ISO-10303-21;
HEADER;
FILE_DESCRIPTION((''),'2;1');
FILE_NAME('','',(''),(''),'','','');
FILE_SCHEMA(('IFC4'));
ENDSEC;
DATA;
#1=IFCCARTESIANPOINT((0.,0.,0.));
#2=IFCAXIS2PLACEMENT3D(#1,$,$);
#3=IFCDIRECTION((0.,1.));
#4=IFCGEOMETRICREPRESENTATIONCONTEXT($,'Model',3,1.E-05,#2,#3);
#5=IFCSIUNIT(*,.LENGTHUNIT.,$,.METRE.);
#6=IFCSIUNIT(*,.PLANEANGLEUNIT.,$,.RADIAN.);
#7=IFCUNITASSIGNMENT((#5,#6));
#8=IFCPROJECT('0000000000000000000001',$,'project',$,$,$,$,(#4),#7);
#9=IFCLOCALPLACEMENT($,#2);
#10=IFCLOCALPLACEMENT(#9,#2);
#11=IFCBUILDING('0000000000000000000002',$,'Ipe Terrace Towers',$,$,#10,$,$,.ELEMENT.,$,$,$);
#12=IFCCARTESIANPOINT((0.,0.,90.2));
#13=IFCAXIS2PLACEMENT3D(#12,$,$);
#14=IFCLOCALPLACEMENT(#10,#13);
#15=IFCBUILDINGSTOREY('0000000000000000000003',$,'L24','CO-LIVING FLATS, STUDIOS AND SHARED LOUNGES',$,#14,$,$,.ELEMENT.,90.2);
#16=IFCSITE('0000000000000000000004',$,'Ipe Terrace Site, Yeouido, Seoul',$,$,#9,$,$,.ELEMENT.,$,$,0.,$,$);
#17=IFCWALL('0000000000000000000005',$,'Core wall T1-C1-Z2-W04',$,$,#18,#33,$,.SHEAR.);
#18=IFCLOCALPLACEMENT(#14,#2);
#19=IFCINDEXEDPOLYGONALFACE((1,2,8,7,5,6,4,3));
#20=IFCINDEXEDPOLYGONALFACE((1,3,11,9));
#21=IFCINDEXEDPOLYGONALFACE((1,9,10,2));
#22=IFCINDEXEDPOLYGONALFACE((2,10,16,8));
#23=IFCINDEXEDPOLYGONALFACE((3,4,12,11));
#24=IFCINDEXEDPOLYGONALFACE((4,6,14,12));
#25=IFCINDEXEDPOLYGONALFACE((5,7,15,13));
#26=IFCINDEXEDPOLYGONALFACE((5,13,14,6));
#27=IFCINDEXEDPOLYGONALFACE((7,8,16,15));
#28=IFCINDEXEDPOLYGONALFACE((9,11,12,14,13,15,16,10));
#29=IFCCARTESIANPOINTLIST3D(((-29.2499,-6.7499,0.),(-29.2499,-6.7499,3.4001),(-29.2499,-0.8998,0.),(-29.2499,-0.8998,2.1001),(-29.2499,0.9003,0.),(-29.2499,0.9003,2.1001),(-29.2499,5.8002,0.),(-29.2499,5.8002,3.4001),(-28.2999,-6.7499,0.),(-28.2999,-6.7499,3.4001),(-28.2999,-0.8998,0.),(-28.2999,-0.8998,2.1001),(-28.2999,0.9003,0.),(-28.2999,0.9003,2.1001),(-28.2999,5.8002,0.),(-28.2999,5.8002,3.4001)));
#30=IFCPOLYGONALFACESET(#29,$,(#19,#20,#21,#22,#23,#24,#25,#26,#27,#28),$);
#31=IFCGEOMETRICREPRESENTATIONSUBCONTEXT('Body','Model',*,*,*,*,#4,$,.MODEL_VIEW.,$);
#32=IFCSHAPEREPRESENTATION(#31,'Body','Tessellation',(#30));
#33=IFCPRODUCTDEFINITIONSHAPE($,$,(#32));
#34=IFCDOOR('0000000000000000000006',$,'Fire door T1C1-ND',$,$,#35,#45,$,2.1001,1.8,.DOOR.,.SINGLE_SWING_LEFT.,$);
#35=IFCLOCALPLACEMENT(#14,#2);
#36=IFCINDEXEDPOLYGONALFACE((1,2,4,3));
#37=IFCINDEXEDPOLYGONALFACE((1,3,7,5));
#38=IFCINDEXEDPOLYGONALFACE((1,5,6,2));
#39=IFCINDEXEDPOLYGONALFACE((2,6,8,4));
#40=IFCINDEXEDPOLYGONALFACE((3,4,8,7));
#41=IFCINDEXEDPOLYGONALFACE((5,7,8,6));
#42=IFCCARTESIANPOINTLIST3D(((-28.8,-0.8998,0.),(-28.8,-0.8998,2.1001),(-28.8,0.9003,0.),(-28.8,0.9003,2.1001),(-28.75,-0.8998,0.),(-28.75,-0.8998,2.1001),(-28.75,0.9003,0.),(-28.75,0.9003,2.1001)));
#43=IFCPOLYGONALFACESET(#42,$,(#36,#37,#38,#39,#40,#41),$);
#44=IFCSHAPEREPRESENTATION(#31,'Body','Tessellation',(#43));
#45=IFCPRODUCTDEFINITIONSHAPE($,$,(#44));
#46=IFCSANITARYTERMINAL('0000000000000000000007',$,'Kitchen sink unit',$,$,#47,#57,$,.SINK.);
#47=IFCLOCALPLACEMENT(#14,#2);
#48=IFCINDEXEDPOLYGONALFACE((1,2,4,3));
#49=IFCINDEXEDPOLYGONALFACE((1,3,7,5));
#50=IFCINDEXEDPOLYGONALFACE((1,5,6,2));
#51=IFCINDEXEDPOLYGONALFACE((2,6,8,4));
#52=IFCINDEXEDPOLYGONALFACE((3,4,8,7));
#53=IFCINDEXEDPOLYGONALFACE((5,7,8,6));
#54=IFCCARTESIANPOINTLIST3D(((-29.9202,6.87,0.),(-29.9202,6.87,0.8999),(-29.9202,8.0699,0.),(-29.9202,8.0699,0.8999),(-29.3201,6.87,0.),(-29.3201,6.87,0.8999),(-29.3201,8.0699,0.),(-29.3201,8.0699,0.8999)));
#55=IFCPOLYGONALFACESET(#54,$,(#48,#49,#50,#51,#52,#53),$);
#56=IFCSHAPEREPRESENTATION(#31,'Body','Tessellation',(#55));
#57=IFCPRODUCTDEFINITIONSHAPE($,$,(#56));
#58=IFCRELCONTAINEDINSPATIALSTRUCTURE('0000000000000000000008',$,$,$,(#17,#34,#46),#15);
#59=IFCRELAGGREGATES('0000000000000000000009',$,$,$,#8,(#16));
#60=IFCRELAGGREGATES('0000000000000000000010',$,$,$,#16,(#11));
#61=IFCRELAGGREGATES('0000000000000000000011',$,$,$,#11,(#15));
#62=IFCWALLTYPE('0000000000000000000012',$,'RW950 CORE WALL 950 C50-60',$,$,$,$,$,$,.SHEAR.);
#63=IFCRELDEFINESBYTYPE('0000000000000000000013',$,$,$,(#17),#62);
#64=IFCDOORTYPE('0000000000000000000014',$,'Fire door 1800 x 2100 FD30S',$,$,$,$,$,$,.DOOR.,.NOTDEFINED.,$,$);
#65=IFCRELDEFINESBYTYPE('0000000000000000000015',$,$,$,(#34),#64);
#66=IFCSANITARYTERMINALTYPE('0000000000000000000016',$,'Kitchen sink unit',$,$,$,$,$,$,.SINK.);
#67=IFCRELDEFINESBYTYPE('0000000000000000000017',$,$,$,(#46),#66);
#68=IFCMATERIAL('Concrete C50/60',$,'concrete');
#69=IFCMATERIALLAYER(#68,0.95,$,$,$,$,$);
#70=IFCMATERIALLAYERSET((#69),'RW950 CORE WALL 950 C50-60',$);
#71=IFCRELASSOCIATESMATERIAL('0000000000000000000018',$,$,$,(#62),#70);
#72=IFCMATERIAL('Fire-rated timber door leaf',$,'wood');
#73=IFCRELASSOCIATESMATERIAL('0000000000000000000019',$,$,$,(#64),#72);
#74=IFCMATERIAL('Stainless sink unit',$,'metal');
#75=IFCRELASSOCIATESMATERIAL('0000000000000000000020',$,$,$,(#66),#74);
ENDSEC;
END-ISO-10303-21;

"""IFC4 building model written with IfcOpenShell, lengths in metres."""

from ifc_helpers import new_model, si_unit, direction, frame, frame_2d, origin, origin_2d, place, context, subcontext, project, spatial, rectangle, extrude, material, layer, layer_set, type_object, element, fill, save


model = new_model("IFC4")

# Units and contexts
model_context = context("Model", 3, precision=1e-05, world=origin(), true_north=direction((0.0, 1.0)))
body_context = subcontext(model_context, "Body", "Model", "MODEL_VIEW")
ifc_project = project(units=[si_unit("LENGTHUNIT", "METRE"), si_unit("PLANEANGLEUNIT", "RADIAN")], contexts=[model_context])

# Site, building, storey
site_placement = place(None, origin())
site = spatial("IfcSite", under=ifc_project, at=site_placement, Name="Ipe Terrace Site, Yeouido, Seoul", CompositionType="ELEMENT", RefElevation=0.0)
building_placement = place(site_placement, origin())
building = spatial("IfcBuilding", under=site, at=building_placement, Name="Ipe Terrace Towers", CompositionType="ELEMENT")
storey_placement = place(building_placement, frame((0.0, 0.0, 90.2)))
storey = spatial("IfcBuildingStorey", under=building, at=storey_placement, Name="L24", Description="CO-LIVING FLATS, STUDIOS AND SHARED LOUNGES", CompositionType="ELEMENT", Elevation=90.2)

# Wall, opening, door
ifc_material_1 = material(Name="Concrete C50/60", Category="concrete")
ifc_layer_1 = layer(ifc_material_1, 0.95)
ifc_layer_set_1 = layer_set([ifc_layer_1], Name="RW950 CORE WALL 950 C50-60")
wall_type_1 = type_object("IfcWallType", Name="RW950 CORE WALL 950 C50-60", PredefinedType="SHEAR", material=ifc_layer_set_1)
wall_1_placement = place(storey_placement, frame((-28.7749, 5.8, 0.0), z_axis=(0.0, 0.0, 1.0), x_axis=(0.0, -1.0, 0.0)))
wall_1 = element("IfcWall", 1, at=wall_1_placement, inside=storey, type_object=wall_type_1, Name="Core wall T1-C1-Z2-W04", PredefinedType="SHEAR", context=body_context, shape_type="SweptSolid", body=[
    extrude(rectangle(XDim=12.55, YDim=0.95, at=frame_2d((6.2749, 0.0))), origin(), (0.0, 0.0, 1.0), 3.4001),
])
opening_1_placement = place(wall_1_placement, frame((4.8999, 0.0, 0.0)))
opening_1 = element("IfcOpeningElement", 2, at=opening_1_placement, cuts=wall_1, PredefinedType="OPENING", context=body_context, shape_type="SweptSolid", body=[
    extrude(rectangle(XDim=1.8, YDim=2.1001, at=frame_2d((0.8999, 1.05))), frame((0.0, 0.4849, 0.0), z_axis=(0.0, -1.0, 0.0), x_axis=(1.0, 0.0, 0.0)), (0.0, 0.0, 1.0), 0.97),
])
ifc_material_2 = material(Name="Fire-rated timber door leaf", Category="wood")
door_type_1 = type_object("IfcDoorType", Name="Fire door 1800 x 2100 FD30S", OperationType="NOTDEFINED", PredefinedType="DOOR", material=ifc_material_2)
door_1_placement = place(opening_1_placement, origin())
door_1 = element("IfcDoor", 3, at=door_1_placement, inside=storey, type_object=door_type_1, Name="Fire door T1C1-ND", OperationType="SINGLE_SWING_LEFT", OverallHeight=2.1001, OverallWidth=1.8, PredefinedType="DOOR", context=body_context, shape_type="SweptSolid", body=[
    extrude(rectangle(XDim=1.8, YDim=2.1001, at=frame_2d((0.8999, 1.05))), frame((0.0, 0.0249, 0.0), z_axis=(0.0, -1.0, 0.0), x_axis=(1.0, 0.0, 0.0)), (0.0, 0.0, 1.0), 0.05),
])
fill(opening_1, door_1)

# Sanitary terminal
ifc_material_3 = material(Name="Stainless sink unit", Category="metal")
sanitary_terminal_type = type_object("IfcSanitaryTerminalType", Name="Kitchen sink unit", PredefinedType="SINK", material=ifc_material_3)
sanitary_terminal_placement = place(storey_placement, frame((-29.6201, 7.47, 0.0), z_axis=(0.0, 0.0, 1.0), x_axis=(0.0, -1.0, 0.0)))
element("IfcSanitaryTerminal", 4, at=sanitary_terminal_placement, inside=storey, type_object=sanitary_terminal_type, Name="Kitchen sink unit", PredefinedType="SINK", context=body_context, shape_type="SweptSolid", body=[
    extrude(rectangle(XDim=1.2, YDim=0.6001, at=origin_2d()), origin(), (0.0, 0.0, 1.0), 0.8999),
])

save(model, "model.ifc")
